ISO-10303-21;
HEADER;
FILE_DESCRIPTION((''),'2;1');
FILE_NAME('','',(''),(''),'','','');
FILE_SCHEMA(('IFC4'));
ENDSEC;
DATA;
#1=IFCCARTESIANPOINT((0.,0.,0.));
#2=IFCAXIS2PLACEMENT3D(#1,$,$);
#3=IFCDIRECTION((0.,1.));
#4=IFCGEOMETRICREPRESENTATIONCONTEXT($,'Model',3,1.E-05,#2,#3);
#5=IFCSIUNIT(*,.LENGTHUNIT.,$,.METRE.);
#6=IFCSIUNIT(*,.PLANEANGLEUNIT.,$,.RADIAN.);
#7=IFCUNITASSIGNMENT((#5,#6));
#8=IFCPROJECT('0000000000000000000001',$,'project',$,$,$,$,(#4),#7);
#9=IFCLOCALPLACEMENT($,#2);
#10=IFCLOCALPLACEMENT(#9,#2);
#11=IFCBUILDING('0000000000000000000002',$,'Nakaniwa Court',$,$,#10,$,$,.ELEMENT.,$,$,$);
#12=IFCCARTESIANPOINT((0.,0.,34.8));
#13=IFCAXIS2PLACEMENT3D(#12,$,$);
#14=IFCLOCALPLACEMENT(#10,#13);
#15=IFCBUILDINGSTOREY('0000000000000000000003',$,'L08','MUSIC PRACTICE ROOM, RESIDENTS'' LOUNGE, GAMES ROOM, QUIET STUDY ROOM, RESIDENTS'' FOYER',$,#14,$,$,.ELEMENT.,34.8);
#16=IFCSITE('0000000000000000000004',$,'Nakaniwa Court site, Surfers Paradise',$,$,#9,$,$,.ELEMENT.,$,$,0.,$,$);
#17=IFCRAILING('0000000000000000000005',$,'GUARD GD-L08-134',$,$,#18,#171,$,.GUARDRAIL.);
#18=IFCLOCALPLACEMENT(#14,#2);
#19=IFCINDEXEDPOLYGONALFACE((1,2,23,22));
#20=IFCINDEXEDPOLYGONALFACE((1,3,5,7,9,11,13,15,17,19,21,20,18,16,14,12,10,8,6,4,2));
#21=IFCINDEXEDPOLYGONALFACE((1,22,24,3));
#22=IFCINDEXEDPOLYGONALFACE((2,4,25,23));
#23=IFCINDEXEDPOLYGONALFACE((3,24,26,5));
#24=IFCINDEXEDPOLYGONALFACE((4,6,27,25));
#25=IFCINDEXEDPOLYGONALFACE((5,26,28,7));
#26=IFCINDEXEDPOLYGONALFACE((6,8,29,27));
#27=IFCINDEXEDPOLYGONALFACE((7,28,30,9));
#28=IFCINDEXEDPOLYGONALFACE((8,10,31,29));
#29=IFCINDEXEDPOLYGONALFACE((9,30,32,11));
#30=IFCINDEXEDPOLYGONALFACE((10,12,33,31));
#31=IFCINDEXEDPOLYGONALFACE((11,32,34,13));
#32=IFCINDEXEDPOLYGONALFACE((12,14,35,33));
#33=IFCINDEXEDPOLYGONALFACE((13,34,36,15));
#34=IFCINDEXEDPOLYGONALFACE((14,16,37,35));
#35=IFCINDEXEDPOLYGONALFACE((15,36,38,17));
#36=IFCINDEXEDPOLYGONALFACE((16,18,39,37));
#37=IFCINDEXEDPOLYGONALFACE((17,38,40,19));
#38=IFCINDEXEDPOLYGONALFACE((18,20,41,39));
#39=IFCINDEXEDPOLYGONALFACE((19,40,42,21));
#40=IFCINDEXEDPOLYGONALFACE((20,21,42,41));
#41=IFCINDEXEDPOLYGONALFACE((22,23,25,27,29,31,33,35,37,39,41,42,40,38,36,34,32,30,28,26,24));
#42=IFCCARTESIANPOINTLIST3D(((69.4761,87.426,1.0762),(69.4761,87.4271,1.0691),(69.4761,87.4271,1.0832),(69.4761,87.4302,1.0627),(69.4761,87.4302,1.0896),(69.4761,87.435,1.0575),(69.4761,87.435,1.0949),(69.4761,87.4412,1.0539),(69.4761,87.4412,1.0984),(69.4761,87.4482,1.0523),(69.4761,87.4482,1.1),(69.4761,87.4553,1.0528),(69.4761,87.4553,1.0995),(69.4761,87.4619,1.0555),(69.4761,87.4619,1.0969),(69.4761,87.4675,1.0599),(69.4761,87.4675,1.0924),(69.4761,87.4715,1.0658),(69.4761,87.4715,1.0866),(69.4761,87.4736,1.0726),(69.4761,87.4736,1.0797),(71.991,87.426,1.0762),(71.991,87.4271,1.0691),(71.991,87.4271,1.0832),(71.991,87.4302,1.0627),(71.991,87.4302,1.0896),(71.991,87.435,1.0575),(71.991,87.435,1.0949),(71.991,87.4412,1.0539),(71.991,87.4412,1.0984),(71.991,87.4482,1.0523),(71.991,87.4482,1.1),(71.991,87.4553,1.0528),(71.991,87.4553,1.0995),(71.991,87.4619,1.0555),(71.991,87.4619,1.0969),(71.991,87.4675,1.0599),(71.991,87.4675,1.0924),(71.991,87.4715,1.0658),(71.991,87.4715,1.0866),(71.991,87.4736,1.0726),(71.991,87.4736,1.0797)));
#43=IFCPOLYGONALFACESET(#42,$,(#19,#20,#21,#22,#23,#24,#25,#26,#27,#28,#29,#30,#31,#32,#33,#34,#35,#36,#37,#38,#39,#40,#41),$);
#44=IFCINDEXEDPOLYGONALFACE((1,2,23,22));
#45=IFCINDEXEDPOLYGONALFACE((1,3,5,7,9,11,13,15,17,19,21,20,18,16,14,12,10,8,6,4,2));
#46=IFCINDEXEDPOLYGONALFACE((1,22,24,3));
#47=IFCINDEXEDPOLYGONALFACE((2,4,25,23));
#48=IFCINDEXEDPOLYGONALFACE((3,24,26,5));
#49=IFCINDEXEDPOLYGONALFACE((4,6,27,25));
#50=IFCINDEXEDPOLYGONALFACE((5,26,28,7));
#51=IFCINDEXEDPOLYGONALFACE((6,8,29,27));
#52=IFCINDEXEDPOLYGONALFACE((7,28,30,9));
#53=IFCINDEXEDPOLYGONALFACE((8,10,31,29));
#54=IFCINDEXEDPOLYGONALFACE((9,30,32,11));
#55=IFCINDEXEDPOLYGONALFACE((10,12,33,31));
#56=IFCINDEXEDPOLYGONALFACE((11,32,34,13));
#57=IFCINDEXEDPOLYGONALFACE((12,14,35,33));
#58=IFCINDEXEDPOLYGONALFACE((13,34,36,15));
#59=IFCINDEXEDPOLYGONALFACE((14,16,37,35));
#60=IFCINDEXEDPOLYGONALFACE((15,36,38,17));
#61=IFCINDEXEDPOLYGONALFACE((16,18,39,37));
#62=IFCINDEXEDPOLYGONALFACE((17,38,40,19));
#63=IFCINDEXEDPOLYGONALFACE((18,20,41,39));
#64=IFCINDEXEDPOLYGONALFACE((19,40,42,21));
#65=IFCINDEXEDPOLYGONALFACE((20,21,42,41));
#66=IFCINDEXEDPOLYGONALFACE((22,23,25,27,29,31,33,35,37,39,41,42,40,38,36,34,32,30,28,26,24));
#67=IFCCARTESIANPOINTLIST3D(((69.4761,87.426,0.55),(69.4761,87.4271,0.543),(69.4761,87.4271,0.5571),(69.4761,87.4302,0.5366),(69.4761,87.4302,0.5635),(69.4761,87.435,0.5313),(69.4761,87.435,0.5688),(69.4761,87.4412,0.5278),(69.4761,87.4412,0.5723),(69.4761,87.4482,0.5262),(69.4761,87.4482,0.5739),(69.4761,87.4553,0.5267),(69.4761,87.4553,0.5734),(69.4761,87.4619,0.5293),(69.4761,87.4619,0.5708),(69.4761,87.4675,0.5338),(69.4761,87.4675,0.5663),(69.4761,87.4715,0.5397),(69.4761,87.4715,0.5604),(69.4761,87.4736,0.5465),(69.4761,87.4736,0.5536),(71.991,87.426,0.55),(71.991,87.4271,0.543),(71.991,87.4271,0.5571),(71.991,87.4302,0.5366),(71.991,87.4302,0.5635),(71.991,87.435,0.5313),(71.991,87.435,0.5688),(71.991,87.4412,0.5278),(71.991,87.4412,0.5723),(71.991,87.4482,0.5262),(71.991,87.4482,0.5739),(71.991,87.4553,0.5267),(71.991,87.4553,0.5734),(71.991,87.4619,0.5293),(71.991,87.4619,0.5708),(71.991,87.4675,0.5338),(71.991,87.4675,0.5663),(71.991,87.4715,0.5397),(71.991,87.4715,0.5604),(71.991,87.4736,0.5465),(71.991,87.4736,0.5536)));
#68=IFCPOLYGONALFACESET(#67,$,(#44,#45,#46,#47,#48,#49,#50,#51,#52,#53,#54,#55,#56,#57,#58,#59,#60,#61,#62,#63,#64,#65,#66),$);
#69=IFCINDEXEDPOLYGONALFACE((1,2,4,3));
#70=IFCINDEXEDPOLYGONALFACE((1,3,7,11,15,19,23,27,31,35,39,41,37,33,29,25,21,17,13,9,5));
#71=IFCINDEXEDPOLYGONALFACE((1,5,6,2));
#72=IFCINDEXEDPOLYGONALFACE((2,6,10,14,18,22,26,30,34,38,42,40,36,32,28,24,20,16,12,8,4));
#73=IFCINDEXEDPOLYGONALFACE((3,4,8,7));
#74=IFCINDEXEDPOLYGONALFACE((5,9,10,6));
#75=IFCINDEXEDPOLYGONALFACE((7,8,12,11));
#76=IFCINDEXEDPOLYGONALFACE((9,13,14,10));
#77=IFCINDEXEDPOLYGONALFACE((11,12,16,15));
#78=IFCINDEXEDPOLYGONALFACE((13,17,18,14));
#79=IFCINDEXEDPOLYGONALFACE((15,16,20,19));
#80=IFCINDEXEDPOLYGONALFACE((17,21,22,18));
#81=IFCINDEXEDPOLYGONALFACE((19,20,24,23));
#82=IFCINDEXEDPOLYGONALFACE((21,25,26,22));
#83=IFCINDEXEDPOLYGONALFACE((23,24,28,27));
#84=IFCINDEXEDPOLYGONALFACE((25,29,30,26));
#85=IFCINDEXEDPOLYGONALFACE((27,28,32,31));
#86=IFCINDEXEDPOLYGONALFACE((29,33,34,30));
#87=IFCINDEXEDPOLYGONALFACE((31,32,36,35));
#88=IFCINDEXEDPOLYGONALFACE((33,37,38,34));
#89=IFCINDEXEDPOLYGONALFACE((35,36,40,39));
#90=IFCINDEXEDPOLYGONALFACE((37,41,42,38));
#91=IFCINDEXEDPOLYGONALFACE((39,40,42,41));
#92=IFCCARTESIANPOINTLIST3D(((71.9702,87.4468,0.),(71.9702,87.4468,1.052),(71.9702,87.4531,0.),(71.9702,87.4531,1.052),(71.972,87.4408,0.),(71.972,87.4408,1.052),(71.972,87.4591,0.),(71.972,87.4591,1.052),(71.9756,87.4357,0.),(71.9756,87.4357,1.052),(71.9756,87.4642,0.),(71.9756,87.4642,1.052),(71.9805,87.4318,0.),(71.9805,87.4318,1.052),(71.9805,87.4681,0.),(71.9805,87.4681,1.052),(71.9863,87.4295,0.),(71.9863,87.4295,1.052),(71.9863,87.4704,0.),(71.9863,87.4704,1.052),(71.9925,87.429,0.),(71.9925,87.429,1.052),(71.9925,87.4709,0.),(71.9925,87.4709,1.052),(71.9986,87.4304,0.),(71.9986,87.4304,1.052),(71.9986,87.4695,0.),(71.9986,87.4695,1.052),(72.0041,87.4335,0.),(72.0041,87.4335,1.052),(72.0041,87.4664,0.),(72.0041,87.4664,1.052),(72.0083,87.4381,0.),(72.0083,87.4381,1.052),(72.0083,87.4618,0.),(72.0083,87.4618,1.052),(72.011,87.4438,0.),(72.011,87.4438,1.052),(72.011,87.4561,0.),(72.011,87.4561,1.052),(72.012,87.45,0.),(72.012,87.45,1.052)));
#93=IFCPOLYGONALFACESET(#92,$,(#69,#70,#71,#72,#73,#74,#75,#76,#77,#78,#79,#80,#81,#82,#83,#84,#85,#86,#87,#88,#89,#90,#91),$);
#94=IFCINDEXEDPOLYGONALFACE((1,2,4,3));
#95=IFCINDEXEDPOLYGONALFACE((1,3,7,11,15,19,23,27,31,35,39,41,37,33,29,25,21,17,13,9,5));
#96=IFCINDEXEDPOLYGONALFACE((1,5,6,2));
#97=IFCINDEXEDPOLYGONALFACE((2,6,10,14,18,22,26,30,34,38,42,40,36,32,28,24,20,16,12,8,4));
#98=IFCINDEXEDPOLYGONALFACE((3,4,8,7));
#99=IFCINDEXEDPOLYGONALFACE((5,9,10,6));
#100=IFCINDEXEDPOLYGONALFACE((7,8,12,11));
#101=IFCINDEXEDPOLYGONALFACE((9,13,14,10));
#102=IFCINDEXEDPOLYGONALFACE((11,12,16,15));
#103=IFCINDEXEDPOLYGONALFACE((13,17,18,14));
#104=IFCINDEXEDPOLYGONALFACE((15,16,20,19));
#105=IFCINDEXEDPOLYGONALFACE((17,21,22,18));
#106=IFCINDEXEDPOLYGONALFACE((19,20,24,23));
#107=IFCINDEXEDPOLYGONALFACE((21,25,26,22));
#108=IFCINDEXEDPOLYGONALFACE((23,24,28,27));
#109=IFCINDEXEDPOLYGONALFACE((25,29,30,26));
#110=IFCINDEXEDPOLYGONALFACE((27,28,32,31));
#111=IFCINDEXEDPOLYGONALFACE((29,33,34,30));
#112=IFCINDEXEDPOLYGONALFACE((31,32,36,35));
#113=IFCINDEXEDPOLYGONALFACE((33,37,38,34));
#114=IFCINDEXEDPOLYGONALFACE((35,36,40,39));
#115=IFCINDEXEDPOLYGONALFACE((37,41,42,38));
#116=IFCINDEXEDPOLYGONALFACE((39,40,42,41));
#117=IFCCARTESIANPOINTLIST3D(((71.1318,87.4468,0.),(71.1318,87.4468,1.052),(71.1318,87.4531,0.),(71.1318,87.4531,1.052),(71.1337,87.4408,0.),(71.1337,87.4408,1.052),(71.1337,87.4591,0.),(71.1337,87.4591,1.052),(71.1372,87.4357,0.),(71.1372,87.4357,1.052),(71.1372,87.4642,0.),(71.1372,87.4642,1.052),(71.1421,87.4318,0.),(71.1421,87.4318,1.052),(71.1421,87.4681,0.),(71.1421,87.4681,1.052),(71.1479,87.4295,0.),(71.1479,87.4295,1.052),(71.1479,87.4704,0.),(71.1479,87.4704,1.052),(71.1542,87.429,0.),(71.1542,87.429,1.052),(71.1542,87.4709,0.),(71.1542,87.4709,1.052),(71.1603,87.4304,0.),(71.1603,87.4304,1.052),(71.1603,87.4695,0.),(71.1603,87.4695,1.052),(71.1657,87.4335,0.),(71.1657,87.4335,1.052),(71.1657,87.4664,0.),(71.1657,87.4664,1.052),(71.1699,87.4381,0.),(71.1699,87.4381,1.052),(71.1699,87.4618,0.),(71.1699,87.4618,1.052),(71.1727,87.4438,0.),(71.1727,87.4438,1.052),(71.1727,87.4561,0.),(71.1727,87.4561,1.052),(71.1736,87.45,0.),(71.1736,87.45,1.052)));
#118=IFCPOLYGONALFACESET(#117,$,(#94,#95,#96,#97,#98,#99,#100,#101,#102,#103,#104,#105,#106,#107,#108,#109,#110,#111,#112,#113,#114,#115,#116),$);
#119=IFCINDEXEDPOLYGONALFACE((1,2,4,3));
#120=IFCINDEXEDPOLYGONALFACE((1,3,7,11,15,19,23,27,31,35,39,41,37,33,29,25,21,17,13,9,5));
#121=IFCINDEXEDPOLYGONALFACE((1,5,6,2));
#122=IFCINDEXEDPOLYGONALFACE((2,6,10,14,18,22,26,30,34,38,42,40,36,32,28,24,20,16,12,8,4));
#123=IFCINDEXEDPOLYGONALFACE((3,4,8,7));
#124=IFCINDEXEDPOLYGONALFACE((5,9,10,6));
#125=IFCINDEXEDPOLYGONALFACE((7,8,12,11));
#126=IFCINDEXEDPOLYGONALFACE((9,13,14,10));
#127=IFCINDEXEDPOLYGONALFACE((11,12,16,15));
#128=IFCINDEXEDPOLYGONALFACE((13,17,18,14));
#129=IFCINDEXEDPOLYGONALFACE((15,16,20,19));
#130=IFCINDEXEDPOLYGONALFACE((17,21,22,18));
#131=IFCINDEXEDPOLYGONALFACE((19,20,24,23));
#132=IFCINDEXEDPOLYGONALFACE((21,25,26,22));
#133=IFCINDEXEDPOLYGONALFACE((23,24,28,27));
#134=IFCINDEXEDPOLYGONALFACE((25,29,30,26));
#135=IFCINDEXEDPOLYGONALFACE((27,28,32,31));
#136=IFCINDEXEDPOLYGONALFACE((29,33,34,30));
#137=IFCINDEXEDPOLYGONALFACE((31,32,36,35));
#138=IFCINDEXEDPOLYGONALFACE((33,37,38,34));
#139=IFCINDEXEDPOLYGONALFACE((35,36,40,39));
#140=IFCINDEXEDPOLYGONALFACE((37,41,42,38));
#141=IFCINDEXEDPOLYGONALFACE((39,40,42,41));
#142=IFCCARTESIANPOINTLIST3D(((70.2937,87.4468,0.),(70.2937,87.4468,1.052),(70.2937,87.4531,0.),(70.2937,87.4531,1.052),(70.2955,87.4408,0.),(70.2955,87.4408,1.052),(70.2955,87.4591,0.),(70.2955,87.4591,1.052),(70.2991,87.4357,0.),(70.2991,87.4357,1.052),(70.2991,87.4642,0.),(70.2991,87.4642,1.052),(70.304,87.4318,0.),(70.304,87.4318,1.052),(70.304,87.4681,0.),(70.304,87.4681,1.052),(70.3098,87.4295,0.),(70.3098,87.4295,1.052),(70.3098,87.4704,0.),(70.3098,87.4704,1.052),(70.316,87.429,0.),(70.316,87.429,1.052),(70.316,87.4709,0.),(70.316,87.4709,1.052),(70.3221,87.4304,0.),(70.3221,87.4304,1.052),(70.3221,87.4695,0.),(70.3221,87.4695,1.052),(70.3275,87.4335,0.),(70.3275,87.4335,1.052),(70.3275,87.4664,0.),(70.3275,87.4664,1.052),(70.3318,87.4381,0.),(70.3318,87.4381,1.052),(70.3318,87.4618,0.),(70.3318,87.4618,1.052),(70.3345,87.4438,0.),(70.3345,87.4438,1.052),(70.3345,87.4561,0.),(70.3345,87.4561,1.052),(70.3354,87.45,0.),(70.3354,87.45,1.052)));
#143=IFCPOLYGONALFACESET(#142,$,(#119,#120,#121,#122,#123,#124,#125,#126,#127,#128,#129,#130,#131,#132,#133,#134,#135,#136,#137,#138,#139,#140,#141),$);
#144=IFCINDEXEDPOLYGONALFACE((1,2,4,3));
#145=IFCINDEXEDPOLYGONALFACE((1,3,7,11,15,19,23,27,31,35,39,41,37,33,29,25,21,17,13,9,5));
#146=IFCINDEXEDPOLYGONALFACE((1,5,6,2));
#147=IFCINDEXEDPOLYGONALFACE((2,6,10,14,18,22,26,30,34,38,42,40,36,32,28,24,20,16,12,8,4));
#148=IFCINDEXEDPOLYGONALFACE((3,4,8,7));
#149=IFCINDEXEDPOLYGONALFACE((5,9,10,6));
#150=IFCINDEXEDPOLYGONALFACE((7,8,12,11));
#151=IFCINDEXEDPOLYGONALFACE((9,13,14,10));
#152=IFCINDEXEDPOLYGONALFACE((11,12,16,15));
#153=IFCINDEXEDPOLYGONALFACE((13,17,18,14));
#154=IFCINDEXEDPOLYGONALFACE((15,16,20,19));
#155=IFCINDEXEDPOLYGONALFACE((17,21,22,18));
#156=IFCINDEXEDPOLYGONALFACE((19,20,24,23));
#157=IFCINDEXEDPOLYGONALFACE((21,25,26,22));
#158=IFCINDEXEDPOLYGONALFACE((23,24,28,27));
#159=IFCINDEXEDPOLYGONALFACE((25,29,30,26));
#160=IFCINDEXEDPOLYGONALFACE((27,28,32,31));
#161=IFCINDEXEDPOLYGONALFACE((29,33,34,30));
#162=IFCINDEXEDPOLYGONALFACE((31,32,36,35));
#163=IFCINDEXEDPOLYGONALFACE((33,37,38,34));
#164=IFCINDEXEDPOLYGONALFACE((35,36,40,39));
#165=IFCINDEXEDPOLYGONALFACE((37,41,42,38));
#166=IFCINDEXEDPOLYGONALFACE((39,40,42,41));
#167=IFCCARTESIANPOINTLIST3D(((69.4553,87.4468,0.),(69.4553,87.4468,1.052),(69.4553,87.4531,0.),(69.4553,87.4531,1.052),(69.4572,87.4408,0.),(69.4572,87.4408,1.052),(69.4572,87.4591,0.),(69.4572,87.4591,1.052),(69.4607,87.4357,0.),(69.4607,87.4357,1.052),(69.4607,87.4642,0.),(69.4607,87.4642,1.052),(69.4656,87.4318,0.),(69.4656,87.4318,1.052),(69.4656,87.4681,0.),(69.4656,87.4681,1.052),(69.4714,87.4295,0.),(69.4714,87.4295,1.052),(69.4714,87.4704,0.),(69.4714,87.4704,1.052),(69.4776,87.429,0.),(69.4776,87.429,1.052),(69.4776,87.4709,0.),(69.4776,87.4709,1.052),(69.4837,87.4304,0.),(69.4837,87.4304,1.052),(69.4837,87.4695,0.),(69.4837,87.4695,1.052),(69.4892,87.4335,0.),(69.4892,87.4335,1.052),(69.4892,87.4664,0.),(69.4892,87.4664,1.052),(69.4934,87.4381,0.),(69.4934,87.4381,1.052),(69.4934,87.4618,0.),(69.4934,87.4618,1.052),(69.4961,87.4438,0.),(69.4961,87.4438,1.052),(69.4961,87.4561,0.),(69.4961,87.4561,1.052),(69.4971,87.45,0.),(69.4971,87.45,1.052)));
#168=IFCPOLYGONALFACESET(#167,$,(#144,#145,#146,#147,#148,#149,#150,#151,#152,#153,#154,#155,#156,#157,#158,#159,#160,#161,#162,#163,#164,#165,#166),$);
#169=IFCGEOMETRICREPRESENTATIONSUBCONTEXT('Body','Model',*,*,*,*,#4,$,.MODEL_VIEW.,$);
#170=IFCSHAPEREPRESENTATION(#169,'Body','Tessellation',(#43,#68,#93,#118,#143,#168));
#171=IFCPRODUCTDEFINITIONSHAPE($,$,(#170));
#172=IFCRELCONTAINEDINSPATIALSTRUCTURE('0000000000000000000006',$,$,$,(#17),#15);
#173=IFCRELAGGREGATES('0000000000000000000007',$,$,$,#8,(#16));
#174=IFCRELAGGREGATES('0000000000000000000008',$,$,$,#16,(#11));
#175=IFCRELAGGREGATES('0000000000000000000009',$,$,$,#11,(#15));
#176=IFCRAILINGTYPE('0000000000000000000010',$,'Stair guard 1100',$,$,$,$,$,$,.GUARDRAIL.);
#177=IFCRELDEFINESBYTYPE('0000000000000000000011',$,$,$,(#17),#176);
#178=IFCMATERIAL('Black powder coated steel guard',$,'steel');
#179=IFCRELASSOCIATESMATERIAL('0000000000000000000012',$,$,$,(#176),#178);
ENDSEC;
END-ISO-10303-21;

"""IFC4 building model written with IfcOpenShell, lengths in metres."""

from ifc_helpers import new_model, si_unit, direction, frame, origin, origin_2d, place, context, subcontext, project, spatial, circle, extrude, material, type_object, element, save


model = new_model("IFC4")

# Units and contexts
model_context = context("Model", 3, precision=1e-05, world=origin(), true_north=direction((0.0, 1.0)))
body_context = subcontext(model_context, "Body", "Model", "MODEL_VIEW")
ifc_project = project(units=[si_unit("LENGTHUNIT", "METRE"), si_unit("PLANEANGLEUNIT", "RADIAN")], contexts=[model_context])

# Site, building, storey
site_placement = place(None, origin())
site = spatial("IfcSite", under=ifc_project, at=site_placement, Name="Nakaniwa Court site, Surfers Paradise", CompositionType="ELEMENT", RefElevation=0.0)
building_placement = place(site_placement, origin())
building = spatial("IfcBuilding", under=site, at=building_placement, Name="Nakaniwa Court", CompositionType="ELEMENT")
storey_placement = place(building_placement, frame((0.0, 0.0, 34.8)))
storey = spatial("IfcBuildingStorey", under=building, at=storey_placement, Name="L08", Description="MUSIC PRACTICE ROOM, RESIDENTS' LOUNGE, GAMES ROOM, QUIET STUDY ROOM, RESIDENTS' FOYER", CompositionType="ELEMENT", Elevation=34.8)

# Railing
ifc_material_1 = material(Name="Black powder coated steel guard", Category="steel")
railing_type = type_object("IfcRailingType", Name="Stair guard 1100", PredefinedType="GUARDRAIL", material=ifc_material_1)
railing_placement = place(storey_placement, frame((71.991, 87.45, 0.0)))
element("IfcRailing", 1, at=railing_placement, inside=storey, type_object=railing_type, Name="GUARD GD-L08-134", PredefinedType="GUARDRAIL", context=body_context, shape_type="SweptSolid", body=[
    extrude(circle(Radius=0.0239, at=origin_2d()), frame((0.0, 0.0, 1.0762), z_axis=(-1.0, 0.0, 0.0), x_axis=(0.0, -1.0, 0.0)), (0.0, 0.0, 1.0), 2.5149),
    extrude(circle(Radius=0.0239, at=origin_2d()), frame((0.0, 0.0, 0.55), z_axis=(-1.0, 0.0, 0.0), x_axis=(0.0, -1.0, 0.0)), (0.0, 0.0, 1.0), 2.5149),
    extrude(circle(Radius=0.021, at=origin_2d()), origin(), (0.0, 0.0, 1.0), 1.052),
    extrude(circle(Radius=0.021, at=origin_2d()), frame((-0.8384, 0.0, 0.0)), (0.0, 0.0, 1.0), 1.052),
    extrude(circle(Radius=0.021, at=origin_2d()), frame((-1.6765, 0.0, 0.0)), (0.0, 0.0, 1.0), 1.052),
    extrude(circle(Radius=0.021, at=origin_2d()), frame((-2.5149, 0.0, 0.0)), (0.0, 0.0, 1.0), 1.052),
])

save(model, "model.ifc")
